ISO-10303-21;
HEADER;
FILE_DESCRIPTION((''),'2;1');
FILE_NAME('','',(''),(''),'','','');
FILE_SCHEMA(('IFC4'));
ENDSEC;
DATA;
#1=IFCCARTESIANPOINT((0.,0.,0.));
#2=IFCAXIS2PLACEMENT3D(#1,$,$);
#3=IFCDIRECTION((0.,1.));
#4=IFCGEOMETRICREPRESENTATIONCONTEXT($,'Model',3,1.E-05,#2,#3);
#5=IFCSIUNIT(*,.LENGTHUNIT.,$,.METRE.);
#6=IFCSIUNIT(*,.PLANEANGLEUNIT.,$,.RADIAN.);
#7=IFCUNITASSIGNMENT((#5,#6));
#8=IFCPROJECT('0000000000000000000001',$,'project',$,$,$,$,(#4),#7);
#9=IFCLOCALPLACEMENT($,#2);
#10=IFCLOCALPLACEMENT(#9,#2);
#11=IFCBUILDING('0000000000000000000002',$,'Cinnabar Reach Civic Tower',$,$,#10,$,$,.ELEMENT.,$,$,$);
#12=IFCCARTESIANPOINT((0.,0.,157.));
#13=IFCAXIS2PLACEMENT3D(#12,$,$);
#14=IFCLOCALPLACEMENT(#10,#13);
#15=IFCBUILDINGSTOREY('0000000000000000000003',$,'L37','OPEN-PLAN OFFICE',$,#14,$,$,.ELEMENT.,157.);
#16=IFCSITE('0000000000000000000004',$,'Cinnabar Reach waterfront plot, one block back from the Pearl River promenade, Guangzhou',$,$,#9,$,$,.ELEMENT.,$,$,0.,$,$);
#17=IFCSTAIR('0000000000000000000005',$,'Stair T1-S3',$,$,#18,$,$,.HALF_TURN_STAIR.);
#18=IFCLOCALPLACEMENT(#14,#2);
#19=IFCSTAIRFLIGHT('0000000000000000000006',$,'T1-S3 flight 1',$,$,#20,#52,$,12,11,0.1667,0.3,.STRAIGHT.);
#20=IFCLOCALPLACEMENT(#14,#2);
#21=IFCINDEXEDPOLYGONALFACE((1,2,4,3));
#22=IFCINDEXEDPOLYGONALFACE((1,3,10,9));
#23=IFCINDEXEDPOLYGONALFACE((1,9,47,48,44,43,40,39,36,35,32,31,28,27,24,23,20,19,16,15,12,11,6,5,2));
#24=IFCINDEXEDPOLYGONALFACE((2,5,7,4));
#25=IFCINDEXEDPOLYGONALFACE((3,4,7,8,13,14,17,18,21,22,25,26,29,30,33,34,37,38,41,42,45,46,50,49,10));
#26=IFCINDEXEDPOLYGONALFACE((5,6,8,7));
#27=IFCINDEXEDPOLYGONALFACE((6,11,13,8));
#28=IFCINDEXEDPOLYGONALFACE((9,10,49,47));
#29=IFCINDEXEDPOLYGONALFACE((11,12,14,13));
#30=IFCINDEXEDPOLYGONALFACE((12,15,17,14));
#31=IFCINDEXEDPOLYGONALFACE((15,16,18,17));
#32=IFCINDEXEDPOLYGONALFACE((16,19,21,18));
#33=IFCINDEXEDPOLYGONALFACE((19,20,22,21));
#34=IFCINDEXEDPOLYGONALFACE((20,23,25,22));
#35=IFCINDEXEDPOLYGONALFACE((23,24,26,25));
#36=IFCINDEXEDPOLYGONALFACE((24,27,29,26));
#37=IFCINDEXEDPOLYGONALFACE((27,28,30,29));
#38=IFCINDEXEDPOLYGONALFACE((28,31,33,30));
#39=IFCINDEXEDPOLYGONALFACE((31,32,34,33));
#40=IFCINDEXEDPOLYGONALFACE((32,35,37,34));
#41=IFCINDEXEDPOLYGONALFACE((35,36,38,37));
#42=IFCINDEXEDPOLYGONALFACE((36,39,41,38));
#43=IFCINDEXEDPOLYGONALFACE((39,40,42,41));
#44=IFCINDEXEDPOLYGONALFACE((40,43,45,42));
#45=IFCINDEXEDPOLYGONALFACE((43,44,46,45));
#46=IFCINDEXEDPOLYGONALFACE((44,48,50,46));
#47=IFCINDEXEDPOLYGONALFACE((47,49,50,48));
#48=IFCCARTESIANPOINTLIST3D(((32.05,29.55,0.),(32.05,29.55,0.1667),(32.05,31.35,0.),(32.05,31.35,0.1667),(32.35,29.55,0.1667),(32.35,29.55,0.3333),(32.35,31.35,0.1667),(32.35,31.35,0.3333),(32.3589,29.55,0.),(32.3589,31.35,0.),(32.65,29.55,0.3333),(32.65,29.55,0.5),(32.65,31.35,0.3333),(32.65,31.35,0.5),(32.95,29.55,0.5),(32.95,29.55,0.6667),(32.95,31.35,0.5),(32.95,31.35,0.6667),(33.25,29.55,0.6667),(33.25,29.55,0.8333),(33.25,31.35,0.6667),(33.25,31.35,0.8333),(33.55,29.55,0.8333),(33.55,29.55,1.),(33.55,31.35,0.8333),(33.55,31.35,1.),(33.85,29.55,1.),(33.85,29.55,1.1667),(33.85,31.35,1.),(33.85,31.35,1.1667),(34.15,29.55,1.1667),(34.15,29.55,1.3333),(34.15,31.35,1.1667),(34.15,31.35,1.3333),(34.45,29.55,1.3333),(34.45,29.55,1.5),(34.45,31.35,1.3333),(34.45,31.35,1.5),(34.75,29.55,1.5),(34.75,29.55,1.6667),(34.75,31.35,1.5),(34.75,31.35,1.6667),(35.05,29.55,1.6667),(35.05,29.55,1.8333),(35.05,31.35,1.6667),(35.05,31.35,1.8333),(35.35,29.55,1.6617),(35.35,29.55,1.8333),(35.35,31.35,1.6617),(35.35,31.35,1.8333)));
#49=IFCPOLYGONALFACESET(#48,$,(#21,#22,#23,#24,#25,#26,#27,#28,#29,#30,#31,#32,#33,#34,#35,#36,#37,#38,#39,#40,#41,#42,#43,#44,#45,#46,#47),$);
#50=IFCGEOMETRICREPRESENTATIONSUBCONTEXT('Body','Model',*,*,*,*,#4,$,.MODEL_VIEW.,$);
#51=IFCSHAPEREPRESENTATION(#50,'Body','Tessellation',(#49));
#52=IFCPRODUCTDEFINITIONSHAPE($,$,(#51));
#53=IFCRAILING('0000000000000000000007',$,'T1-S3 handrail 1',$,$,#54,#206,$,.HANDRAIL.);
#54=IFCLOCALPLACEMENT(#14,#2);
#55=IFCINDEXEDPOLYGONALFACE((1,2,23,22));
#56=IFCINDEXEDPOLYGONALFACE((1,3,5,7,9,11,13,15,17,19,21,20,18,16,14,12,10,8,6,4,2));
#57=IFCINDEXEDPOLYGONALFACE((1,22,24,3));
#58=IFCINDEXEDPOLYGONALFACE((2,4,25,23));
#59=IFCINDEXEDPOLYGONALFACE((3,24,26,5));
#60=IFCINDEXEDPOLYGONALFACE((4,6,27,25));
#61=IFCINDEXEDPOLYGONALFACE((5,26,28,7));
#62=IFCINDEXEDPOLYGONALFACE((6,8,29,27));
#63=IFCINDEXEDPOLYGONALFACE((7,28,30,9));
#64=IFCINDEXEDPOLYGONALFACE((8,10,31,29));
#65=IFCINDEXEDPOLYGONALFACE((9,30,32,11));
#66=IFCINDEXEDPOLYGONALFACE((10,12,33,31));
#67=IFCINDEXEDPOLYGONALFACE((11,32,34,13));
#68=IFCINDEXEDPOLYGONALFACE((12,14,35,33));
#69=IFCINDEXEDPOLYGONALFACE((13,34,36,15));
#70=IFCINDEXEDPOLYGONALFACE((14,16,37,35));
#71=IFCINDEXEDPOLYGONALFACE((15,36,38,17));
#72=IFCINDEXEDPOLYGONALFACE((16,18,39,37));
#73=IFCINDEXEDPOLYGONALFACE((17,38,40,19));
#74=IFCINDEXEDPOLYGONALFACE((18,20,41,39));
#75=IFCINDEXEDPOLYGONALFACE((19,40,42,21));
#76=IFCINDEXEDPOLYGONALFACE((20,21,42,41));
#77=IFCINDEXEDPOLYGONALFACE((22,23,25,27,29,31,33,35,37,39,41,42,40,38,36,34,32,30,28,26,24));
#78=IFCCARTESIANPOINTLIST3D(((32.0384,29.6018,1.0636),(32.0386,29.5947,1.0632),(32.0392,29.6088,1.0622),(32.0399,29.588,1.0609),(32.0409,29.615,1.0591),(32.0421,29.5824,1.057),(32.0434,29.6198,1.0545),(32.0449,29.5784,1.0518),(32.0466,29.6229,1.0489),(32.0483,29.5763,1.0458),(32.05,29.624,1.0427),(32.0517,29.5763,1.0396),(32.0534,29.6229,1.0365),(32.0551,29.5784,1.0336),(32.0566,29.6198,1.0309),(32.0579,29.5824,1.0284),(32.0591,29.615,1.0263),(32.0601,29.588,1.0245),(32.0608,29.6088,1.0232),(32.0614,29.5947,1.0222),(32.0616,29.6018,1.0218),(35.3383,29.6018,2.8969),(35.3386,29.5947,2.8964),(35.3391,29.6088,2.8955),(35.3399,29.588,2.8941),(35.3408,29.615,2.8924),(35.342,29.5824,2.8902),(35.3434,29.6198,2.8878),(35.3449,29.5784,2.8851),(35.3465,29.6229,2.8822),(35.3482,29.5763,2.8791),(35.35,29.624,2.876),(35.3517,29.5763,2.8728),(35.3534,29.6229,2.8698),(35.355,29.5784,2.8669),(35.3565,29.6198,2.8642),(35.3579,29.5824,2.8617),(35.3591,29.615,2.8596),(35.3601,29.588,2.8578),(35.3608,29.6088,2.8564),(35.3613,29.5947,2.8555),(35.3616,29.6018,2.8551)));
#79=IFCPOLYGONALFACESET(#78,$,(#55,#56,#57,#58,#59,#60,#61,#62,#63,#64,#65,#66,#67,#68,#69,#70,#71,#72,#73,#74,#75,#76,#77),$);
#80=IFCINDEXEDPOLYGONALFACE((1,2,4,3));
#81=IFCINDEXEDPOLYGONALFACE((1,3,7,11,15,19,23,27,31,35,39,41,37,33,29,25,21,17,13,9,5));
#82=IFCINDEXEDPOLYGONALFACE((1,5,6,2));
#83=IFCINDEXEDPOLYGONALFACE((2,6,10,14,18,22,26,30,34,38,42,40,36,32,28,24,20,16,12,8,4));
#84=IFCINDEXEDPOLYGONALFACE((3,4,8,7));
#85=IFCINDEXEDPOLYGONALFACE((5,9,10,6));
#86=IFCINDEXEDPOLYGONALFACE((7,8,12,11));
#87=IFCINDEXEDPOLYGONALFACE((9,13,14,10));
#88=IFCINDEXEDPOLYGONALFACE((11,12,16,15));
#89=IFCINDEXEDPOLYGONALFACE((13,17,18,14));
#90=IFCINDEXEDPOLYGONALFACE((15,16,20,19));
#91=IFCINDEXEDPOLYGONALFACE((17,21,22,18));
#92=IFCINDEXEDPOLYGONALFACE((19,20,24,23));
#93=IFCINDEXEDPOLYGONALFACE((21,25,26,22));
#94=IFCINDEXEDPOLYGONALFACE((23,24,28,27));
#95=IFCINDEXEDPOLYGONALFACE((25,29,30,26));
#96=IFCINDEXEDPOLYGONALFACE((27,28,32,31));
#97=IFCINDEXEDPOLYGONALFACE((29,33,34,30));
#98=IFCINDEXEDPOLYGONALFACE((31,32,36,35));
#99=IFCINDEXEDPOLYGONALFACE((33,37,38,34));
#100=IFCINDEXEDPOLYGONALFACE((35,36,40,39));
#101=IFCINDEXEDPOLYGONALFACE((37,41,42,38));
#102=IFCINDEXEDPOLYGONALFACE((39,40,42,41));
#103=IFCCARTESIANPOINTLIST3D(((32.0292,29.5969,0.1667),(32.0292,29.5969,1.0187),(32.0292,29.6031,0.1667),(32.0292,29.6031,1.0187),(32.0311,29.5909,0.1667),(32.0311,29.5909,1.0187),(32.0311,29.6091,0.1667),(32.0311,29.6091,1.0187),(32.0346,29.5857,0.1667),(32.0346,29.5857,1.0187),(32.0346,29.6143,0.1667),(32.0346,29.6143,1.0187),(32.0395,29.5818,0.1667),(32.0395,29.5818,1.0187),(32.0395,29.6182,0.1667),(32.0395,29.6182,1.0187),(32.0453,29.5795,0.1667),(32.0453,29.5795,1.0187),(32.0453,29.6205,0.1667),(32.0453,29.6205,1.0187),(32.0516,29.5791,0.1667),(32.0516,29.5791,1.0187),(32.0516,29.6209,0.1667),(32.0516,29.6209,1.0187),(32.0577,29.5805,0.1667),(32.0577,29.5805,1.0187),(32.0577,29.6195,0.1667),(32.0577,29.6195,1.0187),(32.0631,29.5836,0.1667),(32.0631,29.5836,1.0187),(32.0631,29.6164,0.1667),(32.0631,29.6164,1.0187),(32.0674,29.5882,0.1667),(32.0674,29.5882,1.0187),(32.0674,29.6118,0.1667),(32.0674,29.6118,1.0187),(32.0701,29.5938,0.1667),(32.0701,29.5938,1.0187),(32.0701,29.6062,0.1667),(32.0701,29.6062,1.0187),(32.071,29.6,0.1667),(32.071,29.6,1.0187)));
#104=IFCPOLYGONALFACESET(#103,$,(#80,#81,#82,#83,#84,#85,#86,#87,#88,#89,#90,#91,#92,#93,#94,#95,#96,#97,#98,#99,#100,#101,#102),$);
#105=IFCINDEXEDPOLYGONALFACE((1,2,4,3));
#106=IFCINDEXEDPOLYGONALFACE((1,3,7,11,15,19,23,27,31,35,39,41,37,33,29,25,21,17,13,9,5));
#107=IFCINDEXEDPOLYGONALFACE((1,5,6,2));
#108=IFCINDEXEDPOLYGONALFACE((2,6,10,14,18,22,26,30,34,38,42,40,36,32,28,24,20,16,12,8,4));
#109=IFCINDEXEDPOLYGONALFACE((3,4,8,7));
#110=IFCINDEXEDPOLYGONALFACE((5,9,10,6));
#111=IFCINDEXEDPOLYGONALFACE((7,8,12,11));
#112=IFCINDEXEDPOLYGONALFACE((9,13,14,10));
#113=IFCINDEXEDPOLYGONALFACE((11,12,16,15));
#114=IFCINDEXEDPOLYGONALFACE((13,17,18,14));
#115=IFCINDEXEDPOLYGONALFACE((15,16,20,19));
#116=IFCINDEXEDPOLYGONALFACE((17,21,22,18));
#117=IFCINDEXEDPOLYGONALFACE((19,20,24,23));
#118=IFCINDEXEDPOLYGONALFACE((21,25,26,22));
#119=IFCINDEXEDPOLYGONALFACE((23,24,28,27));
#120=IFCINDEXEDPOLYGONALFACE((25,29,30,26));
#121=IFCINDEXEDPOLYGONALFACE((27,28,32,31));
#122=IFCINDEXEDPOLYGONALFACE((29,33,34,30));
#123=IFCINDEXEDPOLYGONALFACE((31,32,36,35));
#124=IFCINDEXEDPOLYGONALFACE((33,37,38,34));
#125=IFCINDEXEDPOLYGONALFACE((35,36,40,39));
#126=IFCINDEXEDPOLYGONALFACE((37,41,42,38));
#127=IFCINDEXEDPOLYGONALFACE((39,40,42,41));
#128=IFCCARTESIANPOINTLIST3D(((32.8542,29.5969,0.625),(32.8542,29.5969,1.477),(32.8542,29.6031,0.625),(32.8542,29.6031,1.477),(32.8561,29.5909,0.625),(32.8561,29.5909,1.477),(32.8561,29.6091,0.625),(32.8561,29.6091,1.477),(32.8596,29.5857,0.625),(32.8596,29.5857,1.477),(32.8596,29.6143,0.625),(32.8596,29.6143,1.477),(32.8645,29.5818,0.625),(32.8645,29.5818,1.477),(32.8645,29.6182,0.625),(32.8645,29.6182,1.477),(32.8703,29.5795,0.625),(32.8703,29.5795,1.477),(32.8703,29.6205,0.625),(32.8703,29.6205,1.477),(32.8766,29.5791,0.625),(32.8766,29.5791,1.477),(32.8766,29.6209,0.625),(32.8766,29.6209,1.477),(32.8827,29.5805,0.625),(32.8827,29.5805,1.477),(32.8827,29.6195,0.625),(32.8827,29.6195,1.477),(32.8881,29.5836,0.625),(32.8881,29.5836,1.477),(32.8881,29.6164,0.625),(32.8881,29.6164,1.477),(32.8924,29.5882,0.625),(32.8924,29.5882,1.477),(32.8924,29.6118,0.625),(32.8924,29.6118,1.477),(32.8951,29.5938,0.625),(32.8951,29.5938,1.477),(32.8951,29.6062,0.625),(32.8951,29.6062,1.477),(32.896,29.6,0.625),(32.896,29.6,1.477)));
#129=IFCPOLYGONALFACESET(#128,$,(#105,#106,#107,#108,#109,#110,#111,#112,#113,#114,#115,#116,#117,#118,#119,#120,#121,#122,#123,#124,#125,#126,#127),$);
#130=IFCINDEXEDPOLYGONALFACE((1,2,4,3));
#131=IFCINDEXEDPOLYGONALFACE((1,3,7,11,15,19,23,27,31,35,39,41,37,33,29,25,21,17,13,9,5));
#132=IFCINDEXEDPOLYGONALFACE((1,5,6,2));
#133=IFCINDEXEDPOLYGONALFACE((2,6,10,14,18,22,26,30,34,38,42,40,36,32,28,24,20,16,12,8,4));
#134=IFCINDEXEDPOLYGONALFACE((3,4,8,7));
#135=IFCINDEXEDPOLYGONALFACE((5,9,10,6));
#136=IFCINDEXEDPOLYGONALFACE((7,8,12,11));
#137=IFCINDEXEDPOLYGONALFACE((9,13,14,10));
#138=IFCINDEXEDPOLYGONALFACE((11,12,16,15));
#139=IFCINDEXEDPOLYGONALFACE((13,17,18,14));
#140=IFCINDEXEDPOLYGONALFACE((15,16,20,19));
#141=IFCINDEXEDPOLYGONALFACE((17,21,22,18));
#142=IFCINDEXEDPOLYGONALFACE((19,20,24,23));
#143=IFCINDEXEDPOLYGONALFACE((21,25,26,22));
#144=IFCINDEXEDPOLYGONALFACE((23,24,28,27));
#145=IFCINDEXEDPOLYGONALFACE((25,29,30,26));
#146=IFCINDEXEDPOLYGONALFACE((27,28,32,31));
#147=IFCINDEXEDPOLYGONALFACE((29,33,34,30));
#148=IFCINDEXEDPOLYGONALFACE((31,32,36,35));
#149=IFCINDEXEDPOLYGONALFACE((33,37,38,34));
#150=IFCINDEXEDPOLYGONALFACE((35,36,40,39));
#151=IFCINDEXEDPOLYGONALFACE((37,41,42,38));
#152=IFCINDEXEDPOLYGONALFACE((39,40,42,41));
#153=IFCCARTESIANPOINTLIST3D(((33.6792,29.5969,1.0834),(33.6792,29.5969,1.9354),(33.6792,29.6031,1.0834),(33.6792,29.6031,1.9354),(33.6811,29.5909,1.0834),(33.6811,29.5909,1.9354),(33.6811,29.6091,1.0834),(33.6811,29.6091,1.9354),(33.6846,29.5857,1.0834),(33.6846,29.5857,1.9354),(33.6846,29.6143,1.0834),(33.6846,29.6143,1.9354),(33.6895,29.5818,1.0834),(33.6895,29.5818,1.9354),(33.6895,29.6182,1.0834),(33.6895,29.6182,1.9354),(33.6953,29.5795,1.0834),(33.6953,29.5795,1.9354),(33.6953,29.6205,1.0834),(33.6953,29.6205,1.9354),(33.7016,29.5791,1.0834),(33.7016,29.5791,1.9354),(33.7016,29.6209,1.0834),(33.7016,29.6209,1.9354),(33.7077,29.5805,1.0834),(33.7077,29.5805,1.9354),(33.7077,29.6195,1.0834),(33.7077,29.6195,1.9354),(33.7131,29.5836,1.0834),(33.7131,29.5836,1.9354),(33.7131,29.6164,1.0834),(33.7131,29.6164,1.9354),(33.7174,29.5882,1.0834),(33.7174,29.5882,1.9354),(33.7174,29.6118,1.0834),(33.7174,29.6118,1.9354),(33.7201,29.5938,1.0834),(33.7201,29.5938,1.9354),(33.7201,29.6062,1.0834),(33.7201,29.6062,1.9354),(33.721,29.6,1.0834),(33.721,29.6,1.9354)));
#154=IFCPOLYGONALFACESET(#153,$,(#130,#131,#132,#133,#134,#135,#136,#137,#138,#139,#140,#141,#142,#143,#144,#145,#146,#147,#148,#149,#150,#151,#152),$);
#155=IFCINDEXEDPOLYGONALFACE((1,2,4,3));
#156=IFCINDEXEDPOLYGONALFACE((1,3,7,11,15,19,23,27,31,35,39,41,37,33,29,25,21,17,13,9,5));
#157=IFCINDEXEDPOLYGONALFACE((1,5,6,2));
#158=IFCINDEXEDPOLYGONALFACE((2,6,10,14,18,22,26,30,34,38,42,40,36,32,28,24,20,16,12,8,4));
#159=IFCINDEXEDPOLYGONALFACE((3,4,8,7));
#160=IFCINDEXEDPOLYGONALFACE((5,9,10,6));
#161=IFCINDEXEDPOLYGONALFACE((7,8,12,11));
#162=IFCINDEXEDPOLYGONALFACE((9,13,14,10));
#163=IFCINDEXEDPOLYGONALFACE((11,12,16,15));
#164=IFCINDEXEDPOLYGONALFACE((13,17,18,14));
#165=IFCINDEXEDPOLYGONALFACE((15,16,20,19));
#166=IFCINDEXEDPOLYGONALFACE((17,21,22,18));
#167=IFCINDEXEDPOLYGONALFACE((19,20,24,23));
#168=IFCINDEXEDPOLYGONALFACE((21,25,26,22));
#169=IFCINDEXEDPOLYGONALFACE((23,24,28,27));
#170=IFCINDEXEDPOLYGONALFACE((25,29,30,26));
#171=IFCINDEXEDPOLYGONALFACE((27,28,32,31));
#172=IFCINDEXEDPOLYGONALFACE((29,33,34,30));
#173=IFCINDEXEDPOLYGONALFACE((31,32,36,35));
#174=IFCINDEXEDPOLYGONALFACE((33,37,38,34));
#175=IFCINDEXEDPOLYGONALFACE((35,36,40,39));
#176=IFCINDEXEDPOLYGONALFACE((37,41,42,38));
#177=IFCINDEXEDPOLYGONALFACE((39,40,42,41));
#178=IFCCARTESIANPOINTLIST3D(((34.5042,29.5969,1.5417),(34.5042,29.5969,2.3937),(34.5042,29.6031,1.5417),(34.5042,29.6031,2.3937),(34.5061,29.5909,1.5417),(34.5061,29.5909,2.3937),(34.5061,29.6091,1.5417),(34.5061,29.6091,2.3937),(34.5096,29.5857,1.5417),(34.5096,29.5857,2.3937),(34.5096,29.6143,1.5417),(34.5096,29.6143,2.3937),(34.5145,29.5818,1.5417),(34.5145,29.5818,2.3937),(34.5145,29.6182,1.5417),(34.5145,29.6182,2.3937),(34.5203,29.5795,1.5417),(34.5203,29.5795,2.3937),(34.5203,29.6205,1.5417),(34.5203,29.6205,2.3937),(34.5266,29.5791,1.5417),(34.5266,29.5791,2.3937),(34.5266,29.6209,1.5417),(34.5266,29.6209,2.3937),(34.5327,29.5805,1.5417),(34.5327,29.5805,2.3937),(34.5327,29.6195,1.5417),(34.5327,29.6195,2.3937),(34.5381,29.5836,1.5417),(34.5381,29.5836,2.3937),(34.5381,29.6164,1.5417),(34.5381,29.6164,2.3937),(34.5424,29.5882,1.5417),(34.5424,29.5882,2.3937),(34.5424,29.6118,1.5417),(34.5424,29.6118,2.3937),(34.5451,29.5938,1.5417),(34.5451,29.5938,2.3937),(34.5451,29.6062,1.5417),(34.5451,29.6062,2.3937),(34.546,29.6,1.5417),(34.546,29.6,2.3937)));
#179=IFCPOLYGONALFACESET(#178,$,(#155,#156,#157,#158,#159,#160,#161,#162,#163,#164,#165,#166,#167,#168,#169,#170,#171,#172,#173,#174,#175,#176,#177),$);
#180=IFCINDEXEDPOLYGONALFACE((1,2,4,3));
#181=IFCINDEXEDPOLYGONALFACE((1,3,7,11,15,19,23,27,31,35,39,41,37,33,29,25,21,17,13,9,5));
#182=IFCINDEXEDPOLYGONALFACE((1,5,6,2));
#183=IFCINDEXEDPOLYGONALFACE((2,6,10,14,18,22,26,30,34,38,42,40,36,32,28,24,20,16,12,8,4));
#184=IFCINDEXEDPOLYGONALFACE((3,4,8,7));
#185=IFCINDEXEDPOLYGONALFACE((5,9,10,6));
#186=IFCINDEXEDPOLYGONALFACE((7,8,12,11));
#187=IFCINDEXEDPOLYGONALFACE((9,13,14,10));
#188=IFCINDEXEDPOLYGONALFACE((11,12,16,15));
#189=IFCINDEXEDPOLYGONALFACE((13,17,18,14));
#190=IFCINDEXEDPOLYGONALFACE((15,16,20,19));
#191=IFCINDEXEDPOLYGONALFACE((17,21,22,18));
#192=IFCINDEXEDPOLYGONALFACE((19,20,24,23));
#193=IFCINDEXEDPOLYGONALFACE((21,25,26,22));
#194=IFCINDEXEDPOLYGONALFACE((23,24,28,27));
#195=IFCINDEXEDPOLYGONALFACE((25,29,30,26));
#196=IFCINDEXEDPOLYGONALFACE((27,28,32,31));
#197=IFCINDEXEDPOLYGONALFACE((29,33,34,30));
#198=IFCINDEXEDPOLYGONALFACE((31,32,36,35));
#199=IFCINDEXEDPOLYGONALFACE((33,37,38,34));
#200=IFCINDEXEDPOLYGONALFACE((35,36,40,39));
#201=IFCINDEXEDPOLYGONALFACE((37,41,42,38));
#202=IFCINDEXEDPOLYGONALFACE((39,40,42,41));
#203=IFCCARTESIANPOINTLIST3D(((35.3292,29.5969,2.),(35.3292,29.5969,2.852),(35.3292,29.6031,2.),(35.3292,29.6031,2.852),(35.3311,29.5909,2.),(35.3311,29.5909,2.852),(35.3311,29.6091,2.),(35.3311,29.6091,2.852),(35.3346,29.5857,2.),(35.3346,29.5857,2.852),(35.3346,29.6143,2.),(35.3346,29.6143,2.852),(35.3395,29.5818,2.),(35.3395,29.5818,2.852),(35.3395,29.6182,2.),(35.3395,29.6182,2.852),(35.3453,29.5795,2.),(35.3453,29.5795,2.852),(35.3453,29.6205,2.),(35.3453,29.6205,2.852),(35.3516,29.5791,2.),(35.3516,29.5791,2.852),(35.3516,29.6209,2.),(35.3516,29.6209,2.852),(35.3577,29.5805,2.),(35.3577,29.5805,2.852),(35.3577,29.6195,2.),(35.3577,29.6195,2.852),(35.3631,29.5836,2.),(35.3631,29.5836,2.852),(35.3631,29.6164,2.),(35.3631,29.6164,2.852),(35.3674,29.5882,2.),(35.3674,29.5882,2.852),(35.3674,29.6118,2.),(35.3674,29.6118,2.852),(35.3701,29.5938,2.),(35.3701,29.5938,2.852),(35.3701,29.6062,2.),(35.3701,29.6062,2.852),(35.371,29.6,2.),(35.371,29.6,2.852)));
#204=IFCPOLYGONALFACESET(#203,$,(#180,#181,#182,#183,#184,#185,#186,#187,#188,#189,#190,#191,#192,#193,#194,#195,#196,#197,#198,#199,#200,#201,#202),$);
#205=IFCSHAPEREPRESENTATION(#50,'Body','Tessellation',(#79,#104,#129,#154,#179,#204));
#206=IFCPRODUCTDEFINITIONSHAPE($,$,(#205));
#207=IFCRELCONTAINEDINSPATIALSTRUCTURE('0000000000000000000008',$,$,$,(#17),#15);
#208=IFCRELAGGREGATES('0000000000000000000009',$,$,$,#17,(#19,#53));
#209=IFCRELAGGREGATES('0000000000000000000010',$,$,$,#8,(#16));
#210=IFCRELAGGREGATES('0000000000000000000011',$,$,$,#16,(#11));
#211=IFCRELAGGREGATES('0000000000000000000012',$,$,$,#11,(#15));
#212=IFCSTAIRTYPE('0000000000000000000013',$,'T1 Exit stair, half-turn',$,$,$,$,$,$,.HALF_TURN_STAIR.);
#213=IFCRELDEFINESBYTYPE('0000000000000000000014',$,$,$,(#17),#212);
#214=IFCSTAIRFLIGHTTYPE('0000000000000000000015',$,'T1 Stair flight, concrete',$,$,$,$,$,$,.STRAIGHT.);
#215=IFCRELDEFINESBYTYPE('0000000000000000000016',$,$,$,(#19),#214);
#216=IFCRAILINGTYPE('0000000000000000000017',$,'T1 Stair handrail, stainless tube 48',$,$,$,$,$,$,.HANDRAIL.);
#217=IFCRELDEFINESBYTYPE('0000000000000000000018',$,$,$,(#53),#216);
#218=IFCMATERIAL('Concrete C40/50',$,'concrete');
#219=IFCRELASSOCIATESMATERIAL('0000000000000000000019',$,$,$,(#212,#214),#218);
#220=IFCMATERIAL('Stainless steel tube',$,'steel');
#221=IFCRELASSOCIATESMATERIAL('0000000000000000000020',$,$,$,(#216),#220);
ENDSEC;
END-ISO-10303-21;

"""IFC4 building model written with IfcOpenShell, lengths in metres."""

from ifc_helpers import new_model, si_unit, direction, frame, origin, origin_2d, place, context, subcontext, project, spatial, polyline, circle, outline, extrude, material, type_object, element, aggregate, save


model = new_model("IFC4")

# Units and contexts
model_context = context("Model", 3, precision=1e-05, world=origin(), true_north=direction((0.0, 1.0)))
body_context = subcontext(model_context, "Body", "Model", "MODEL_VIEW")
ifc_project = project(units=[si_unit("LENGTHUNIT", "METRE"), si_unit("PLANEANGLEUNIT", "RADIAN")], contexts=[model_context])

# Site, building, storey
site_placement = place(None, origin())
site = spatial("IfcSite", under=ifc_project, at=site_placement, Name="Cinnabar Reach waterfront plot, one block back from the Pearl River promenade, Guangzhou", CompositionType="ELEMENT", RefElevation=0.0)
building_placement = place(site_placement, origin())
building = spatial("IfcBuilding", under=site, at=building_placement, Name="Cinnabar Reach Civic Tower", CompositionType="ELEMENT")
storey_placement = place(building_placement, frame((0.0, 0.0, 157.0)))
storey = spatial("IfcBuildingStorey", under=building, at=storey_placement, Name="L37", Description="OPEN-PLAN OFFICE", CompositionType="ELEMENT", Elevation=157.0)

# Stair, stair flight, railing
ifc_material_1 = material(Name="Concrete C40/50", Category="concrete")
stair_type = type_object("IfcStairType", Name="T1 Exit stair, half-turn", PredefinedType="HALF_TURN_STAIR", material=ifc_material_1)
stair_placement = place(storey_placement, origin())
stair = element("IfcStair", 1, at=stair_placement, inside=storey, type_object=stair_type, Name="Stair T1-S3", PredefinedType="HALF_TURN_STAIR")
stair_flight_type = type_object("IfcStairFlightType", Name="T1 Stair flight, concrete", PredefinedType="STRAIGHT", material=ifc_material_1)
stair_flight_placement = place(storey_placement, frame((32.05, 30.45, 0.0), z_axis=(0.0, 0.0, 1.0), x_axis=(1.0, 0.0, 0.0)))
stair_flight = element("IfcStairFlight", 2, at=stair_flight_placement, type_object=stair_flight_type, Name="T1-S3 flight 1", NumberOfRisers=12, NumberOfTreads=11, PredefinedType="STRAIGHT", RiserHeight=0.1667, TreadLength=0.3, context=body_context, shape_type="SweptSolid", body=[
    extrude(outline(polyline([(0.0, 0.0), (0.0, 0.1667), (0.3, 0.1667), (0.3, 0.3333), (0.6, 0.3333), (0.6, 0.5), (0.9, 0.5), (0.9, 0.6667), (1.2, 0.6667), (1.2, 0.8333), (1.5, 0.8333), (1.5, 1.0), (1.8, 1.0), (1.8, 1.1667), (2.1, 1.1667), (2.1, 1.3333), (2.4, 1.3333), (2.4, 1.5), (2.7, 1.5), (2.7, 1.6667), (3.0, 1.6667), (3.0, 1.8333), (3.3, 1.8333), (3.3, 2.0), (3.3, 1.6617), (0.3089, 0.0), (0.0, 0.0)])), frame((0.0, 0.9, 0.0), z_axis=(0.0, -1.0, 0.0), x_axis=(1.0, 0.0, 0.0)), (0.0, 0.0, 1.0), 1.8),
])
ifc_material_2 = material(Name="Stainless steel tube", Category="steel")
railing_type = type_object("IfcRailingType", Name="T1 Stair handrail, stainless tube 48", PredefinedType="HANDRAIL", material=ifc_material_2)
railing_placement = place(storey_placement, frame((32.05, 29.6, 0.1667)))
railing = element("IfcRailing", 3, at=railing_placement, type_object=railing_type, Name="T1-S3 handrail 1", PredefinedType="HANDRAIL", context=body_context, shape_type="SweptSolid", body=[
    extrude(circle(Radius=0.024, at=origin_2d()), frame((0.0, 0.0, 0.876), z_axis=(0.874161, 0.0, 0.485636), x_axis=(0.0, 1.0, 0.0)), (0.0, 0.0, 1.0), 3.775),
    extrude(circle(Radius=0.021, at=origin_2d()), origin(), (0.0, 0.0, 1.0), 0.852),
    extrude(circle(Radius=0.021, at=origin_2d()), frame((0.825, 0.0, 0.4583)), (0.0, 0.0, 1.0), 0.852),
    extrude(circle(Radius=0.021, at=origin_2d()), frame((1.65, 0.0, 0.9167)), (0.0, 0.0, 1.0), 0.852),
    extrude(circle(Radius=0.021, at=origin_2d()), frame((2.475, 0.0, 1.375)), (0.0, 0.0, 1.0), 0.852),
    extrude(circle(Radius=0.021, at=origin_2d()), frame((3.3, 0.0, 1.8333)), (0.0, 0.0, 1.0), 0.852),
])
aggregate(stair, [stair_flight, railing])

save(model, "model.ifc")
